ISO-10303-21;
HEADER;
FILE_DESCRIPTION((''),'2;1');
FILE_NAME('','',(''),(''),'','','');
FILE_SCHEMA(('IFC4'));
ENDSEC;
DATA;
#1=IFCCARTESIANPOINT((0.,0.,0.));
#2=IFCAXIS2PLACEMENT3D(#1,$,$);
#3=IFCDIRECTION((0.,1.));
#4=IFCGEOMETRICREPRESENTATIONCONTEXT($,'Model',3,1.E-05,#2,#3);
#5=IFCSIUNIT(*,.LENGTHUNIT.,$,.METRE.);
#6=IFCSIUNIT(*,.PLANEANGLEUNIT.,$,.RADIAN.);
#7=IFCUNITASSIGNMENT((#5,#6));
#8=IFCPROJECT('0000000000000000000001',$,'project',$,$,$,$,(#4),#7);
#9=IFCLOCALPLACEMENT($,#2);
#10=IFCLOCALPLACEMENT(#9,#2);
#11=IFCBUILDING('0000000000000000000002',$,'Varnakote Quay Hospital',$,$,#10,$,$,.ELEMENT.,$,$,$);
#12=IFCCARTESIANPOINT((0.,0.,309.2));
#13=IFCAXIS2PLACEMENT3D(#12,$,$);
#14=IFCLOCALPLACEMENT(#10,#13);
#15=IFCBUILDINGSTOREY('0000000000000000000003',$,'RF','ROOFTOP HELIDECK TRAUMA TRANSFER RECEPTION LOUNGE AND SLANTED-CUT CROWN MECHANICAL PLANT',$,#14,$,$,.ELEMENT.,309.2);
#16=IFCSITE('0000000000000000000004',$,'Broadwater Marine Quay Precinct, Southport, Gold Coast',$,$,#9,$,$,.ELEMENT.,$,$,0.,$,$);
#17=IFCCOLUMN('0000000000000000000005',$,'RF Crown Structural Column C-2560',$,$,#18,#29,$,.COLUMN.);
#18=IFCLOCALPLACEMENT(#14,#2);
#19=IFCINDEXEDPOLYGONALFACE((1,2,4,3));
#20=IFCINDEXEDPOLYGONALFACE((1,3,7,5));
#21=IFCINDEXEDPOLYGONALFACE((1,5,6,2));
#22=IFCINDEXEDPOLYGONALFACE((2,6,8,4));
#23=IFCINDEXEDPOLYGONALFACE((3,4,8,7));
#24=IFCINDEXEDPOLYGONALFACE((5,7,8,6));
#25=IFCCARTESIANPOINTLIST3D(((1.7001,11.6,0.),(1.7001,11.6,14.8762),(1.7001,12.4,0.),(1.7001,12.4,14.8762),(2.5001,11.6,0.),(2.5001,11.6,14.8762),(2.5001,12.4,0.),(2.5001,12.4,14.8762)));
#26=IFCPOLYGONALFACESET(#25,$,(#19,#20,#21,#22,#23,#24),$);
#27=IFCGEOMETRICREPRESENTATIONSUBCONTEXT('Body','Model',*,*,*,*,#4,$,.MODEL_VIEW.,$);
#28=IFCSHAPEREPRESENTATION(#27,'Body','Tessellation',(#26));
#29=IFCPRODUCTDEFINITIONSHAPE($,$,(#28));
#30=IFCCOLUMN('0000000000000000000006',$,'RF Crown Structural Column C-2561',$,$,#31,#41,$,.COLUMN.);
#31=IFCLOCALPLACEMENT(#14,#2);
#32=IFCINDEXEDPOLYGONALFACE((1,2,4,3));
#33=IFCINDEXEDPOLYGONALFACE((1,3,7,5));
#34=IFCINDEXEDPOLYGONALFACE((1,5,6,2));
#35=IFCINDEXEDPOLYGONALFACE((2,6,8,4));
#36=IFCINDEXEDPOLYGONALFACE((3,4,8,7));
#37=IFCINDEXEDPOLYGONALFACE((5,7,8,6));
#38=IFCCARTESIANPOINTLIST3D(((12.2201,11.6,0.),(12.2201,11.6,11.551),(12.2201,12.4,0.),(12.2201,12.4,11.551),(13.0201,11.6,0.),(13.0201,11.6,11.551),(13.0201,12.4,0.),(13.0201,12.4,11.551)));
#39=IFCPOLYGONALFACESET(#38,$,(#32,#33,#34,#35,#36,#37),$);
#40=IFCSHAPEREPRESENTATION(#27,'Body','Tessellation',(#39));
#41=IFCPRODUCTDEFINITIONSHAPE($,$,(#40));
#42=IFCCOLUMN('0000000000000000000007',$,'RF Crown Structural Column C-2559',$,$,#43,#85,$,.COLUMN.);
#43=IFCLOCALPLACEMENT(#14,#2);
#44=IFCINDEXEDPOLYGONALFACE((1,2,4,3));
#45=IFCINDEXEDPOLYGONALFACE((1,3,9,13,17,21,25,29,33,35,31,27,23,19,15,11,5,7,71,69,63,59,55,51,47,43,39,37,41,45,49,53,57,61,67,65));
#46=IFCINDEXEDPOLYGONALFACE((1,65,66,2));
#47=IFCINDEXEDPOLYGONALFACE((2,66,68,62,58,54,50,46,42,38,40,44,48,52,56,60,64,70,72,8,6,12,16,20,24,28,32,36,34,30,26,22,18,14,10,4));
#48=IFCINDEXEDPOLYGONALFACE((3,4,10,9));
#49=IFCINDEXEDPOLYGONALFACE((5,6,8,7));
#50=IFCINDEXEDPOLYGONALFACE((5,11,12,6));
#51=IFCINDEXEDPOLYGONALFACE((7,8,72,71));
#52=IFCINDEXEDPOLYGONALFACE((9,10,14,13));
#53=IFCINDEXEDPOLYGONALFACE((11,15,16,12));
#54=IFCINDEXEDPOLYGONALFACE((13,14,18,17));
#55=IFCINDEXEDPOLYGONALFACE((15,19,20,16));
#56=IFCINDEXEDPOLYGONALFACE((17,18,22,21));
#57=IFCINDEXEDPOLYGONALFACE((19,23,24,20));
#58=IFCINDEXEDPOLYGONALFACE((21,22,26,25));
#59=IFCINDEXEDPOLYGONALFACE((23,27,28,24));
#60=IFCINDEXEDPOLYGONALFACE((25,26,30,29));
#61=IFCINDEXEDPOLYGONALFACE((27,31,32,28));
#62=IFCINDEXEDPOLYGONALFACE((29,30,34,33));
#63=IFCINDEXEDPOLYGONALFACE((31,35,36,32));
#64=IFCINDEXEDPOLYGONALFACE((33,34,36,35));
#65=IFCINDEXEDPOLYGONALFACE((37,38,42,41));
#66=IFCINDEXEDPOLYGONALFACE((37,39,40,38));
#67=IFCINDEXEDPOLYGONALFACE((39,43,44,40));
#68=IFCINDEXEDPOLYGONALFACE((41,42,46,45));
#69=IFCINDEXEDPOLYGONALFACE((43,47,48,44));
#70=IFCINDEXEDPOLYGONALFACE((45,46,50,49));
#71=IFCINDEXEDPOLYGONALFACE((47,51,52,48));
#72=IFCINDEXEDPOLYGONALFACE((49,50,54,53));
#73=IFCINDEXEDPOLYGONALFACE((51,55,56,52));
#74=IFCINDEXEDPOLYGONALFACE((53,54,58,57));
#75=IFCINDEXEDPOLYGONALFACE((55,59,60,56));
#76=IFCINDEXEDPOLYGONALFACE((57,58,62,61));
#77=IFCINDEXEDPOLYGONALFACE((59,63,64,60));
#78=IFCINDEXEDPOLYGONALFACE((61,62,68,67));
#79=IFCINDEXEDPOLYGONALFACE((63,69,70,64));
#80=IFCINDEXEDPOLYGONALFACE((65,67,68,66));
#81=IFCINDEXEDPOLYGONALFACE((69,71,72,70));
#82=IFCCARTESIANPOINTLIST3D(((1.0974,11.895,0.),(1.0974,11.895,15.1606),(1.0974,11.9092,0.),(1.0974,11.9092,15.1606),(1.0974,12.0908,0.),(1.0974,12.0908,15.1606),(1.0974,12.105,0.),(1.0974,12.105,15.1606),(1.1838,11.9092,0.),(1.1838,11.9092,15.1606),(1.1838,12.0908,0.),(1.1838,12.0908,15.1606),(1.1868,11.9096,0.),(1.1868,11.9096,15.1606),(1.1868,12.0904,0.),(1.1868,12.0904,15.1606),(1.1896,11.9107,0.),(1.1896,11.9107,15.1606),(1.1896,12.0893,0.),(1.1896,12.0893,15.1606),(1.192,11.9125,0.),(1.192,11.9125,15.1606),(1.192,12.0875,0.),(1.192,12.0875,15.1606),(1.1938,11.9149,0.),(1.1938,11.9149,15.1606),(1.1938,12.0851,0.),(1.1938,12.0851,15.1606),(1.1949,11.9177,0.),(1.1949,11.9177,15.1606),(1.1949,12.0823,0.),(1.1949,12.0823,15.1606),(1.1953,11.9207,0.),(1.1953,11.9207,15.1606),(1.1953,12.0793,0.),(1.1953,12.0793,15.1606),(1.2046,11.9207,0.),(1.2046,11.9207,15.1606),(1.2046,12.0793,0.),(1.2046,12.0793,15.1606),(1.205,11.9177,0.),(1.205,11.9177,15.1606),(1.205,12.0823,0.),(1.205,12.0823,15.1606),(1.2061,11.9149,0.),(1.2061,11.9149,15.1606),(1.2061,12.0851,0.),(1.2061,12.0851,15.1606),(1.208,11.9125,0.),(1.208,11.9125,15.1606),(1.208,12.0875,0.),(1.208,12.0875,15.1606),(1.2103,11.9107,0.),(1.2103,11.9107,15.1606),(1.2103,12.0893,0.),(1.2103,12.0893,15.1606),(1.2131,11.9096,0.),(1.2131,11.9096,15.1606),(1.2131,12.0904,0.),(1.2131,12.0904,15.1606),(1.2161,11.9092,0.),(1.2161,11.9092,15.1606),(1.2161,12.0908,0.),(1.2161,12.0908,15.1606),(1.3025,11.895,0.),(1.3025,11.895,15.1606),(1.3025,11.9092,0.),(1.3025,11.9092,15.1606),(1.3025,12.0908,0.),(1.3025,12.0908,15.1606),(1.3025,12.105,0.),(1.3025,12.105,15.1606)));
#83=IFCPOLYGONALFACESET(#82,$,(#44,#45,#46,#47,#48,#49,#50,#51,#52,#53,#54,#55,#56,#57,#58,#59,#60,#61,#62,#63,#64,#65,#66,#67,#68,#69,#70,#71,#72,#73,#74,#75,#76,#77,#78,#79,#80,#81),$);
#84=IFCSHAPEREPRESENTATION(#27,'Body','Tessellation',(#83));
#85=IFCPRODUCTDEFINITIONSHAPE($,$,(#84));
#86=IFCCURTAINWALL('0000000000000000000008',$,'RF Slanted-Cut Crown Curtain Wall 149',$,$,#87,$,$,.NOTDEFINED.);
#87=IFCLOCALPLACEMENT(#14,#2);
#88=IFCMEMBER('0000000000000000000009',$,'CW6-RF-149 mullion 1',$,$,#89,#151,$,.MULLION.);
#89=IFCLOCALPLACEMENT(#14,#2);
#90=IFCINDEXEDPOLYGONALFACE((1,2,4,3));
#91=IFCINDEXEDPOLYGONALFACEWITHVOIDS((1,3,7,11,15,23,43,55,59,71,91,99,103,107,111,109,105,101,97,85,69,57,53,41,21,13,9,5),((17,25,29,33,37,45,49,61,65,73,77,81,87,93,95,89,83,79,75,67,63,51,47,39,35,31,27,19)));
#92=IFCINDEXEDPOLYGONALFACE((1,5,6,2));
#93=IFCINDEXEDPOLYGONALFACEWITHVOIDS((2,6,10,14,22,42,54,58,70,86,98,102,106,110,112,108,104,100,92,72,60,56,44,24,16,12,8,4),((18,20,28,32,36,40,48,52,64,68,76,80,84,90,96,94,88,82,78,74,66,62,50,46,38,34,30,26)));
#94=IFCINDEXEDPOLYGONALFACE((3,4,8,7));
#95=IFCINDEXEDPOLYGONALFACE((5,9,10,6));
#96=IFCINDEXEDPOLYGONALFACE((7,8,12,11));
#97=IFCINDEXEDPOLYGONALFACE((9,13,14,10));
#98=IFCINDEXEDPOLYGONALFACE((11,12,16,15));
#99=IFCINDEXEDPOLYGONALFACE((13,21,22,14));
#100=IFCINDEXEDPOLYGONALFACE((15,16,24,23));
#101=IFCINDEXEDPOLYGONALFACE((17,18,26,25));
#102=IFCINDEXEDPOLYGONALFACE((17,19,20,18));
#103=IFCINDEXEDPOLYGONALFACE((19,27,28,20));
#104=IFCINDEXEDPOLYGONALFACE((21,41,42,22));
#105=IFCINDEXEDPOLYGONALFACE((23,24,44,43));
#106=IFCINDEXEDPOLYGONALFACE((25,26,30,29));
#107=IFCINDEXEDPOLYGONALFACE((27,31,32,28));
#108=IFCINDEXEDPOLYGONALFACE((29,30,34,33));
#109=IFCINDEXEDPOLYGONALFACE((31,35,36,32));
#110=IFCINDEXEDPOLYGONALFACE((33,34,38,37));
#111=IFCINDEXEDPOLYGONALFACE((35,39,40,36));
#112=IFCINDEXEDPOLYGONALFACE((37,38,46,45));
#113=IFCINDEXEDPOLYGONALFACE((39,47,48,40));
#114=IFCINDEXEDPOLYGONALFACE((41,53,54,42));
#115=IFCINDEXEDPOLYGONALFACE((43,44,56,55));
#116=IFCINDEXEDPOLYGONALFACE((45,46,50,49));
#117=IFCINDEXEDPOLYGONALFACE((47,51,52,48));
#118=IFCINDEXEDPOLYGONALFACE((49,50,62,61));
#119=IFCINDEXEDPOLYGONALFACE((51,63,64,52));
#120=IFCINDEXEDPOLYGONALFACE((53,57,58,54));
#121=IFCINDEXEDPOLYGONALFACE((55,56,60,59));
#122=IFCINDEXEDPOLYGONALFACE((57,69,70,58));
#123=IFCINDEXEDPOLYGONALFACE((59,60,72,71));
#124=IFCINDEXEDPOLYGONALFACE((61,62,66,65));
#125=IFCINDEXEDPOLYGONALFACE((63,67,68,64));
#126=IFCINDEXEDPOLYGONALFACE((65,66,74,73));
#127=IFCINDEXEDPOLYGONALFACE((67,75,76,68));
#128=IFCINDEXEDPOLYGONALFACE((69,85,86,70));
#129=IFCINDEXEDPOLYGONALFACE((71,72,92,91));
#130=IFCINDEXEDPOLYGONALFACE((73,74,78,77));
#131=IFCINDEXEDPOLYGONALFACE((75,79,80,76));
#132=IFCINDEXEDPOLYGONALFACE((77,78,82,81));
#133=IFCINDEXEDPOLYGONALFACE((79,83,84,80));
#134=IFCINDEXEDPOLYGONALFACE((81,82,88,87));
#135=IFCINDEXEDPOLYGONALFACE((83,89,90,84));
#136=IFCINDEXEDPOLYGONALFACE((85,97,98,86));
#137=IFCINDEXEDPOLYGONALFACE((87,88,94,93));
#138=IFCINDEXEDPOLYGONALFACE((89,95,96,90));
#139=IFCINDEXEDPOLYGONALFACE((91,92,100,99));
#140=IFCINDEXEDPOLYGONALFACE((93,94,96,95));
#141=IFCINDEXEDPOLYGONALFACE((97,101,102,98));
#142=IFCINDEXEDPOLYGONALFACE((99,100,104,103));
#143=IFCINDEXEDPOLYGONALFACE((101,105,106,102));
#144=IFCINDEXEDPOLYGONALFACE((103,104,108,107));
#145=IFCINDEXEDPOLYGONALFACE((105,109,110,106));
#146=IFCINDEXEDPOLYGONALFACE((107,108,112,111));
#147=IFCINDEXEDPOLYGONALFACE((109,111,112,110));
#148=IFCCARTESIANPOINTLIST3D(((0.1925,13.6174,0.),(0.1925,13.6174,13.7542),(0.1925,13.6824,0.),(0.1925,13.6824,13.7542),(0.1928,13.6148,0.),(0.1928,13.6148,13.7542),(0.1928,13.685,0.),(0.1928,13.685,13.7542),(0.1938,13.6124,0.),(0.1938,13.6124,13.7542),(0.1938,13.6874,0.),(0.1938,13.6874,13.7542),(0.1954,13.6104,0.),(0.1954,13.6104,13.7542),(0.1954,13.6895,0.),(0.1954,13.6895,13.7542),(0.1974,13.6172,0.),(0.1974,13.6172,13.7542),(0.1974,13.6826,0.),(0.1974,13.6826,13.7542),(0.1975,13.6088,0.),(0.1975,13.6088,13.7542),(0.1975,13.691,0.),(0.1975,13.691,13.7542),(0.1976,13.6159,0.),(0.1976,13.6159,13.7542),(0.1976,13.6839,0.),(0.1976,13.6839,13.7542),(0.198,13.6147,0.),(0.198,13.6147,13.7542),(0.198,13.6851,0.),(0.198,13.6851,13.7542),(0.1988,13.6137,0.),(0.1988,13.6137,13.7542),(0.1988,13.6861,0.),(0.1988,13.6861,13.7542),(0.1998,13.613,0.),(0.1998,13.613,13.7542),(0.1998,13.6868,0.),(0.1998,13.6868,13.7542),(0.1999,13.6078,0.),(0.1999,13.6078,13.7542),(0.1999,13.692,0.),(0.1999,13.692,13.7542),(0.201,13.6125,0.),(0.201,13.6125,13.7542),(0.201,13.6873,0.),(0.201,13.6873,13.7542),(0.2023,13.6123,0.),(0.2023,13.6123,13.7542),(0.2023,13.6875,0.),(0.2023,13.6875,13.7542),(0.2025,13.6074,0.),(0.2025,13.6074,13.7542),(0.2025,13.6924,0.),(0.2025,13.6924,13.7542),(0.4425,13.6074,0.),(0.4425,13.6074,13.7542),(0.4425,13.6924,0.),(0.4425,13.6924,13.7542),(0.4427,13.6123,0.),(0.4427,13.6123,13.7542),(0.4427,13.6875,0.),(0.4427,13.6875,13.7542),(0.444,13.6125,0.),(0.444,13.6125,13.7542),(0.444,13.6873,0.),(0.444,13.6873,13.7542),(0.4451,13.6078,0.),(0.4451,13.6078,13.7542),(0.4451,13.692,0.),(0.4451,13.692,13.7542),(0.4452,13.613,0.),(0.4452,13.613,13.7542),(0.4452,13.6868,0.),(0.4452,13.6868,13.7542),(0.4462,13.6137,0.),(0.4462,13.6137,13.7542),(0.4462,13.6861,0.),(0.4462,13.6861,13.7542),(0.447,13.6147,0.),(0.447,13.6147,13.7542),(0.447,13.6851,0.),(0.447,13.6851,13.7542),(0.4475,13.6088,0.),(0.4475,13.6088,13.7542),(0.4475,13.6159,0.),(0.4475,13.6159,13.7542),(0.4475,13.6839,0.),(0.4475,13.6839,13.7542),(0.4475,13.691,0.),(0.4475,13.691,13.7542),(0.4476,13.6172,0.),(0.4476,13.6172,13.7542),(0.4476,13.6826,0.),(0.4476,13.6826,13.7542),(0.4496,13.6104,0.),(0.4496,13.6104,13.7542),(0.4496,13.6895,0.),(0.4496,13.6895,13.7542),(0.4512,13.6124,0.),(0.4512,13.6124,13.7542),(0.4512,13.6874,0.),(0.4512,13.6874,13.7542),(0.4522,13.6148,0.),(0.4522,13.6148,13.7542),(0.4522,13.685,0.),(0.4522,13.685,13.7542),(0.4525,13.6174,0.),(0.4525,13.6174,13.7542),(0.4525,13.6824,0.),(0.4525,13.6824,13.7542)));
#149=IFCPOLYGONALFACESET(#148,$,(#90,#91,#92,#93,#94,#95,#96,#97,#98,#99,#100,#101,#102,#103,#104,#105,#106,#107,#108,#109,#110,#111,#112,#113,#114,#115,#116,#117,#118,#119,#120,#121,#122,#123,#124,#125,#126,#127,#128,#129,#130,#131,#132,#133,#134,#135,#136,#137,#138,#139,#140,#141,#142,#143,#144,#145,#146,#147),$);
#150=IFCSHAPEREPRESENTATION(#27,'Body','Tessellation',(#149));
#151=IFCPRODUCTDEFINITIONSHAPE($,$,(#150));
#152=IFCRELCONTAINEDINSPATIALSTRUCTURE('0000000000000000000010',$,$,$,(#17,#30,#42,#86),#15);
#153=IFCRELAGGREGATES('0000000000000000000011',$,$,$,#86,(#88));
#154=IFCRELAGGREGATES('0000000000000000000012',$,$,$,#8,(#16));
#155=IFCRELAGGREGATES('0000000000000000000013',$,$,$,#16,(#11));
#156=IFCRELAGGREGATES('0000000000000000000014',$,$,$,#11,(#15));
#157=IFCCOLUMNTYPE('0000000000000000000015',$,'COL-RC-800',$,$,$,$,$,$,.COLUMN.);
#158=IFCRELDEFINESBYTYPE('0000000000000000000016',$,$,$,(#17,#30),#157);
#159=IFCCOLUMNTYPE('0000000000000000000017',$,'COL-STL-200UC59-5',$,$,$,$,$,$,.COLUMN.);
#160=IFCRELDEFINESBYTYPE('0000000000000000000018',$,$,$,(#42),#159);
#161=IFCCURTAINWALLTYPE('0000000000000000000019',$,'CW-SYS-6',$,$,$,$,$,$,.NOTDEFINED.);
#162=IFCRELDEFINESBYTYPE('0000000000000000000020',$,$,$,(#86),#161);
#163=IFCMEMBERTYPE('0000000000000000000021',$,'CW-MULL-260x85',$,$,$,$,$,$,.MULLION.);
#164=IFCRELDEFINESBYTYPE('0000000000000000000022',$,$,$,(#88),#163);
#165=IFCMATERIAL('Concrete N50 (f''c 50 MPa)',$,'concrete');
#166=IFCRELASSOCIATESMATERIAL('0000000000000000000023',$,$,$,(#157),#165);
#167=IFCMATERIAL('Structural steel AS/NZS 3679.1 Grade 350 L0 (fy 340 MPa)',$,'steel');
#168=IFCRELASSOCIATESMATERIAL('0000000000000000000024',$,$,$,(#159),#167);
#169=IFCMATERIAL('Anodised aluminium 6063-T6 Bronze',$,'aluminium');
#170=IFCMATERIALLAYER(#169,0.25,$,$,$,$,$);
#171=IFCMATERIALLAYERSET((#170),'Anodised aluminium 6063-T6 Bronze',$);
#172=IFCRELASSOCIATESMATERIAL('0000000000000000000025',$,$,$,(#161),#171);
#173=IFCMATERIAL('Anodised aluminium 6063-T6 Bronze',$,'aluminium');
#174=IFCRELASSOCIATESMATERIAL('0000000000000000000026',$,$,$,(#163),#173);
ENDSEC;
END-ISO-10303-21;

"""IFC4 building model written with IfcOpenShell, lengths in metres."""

from ifc_helpers import new_model, si_unit, direction, frame, origin, origin_2d, place, context, subcontext, project, spatial, rectangle, hollow_rectangle, i_section, extrude, material, layer, layer_set, material_profile, profile_set, type_object, element, aggregate, save


model = new_model("IFC4")

# Units and contexts
model_context = context("Model", 3, precision=1e-05, world=origin(), true_north=direction((0.0, 1.0)))
body_context = subcontext(model_context, "Body", "Model", "MODEL_VIEW")
ifc_project = project(units=[si_unit("LENGTHUNIT", "METRE"), si_unit("PLANEANGLEUNIT", "RADIAN")], contexts=[model_context])

# Site, building, storey
site_placement = place(None, origin())
site = spatial("IfcSite", under=ifc_project, at=site_placement, Name="Broadwater Marine Quay Precinct, Southport, Gold Coast", CompositionType="ELEMENT", RefElevation=0.0)
building_placement = place(site_placement, origin())
building = spatial("IfcBuilding", under=site, at=building_placement, Name="Varnakote Quay Hospital", CompositionType="ELEMENT")
storey_placement = place(building_placement, frame((0.0, 0.0, 309.2)))
storey = spatial("IfcBuildingStorey", under=building, at=storey_placement, Name="RF", Description="ROOFTOP HELIDECK TRAUMA TRANSFER RECEPTION LOUNGE AND SLANTED-CUT CROWN MECHANICAL PLANT", CompositionType="ELEMENT", Elevation=309.2)

# Columns
ifc_material_1 = material(Name="Concrete N50 (f'c 50 MPa)", Category="concrete")
ifc_material_profile_1 = material_profile(ifc_material_1, rectangle(XDim=0.8, YDim=0.8, at=origin_2d()), Name="RC-COL-800x800")
ifc_profile_set_1 = profile_set([ifc_material_profile_1], Name="Concrete N50 (f'c 50 MPa)")
column_type_1 = type_object("IfcColumnType", Name="COL-RC-800", PredefinedType="COLUMN", material=ifc_profile_set_1)
column_1_placement = place(storey_placement, frame((2.1001, 12.0, 0.0), z_axis=(0.0, 0.0, 1.0), x_axis=(1.0, 0.0, 0.0)))
element("IfcColumn", 1, at=column_1_placement, inside=storey, type_object=column_type_1, Name="RF Crown Structural Column C-2560", PredefinedType="COLUMN", context=body_context, shape_type="SweptSolid", body=[
    extrude(rectangle(XDim=0.8, YDim=0.8, at=origin_2d()), origin(), (0.0, 0.0, 1.0), 14.8762),
])
column_2_placement = place(storey_placement, frame((12.6201, 12.0, 0.0), z_axis=(0.0, 0.0, 1.0), x_axis=(1.0, 0.0, 0.0)))
element("IfcColumn", 2, at=column_2_placement, inside=storey, type_object=column_type_1, Name="RF Crown Structural Column C-2561", PredefinedType="COLUMN", context=body_context, shape_type="SweptSolid", body=[
    extrude(rectangle(XDim=0.8, YDim=0.8, at=origin_2d()), origin(), (0.0, 0.0, 1.0), 11.551),
])
ifc_material_2 = material(Name="Structural steel AS/NZS 3679.1 Grade 350 L0 (fy 340 MPa)", Category="steel")
ifc_material_profile_2 = material_profile(ifc_material_2, i_section(OverallWidth=0.2051, OverallDepth=0.21, WebThickness=0.0093, FlangeThickness=0.0142, FilletRadius=0.0115, at=origin_2d()), Name="200UC59.5")
ifc_profile_set_2 = profile_set([ifc_material_profile_2], Name="Structural steel AS/NZS 3679.1 Grade 350 L0 (fy 340 MPa)")
column_type_2 = type_object("IfcColumnType", Name="COL-STL-200UC59-5", PredefinedType="COLUMN", material=ifc_profile_set_2)
column_3_placement = place(storey_placement, frame((1.2, 12.0, 0.0), z_axis=(0.0, 0.0, 1.0), x_axis=(1.0, 0.0, 0.0)))
element("IfcColumn", 3, at=column_3_placement, inside=storey, type_object=column_type_2, Name="RF Crown Structural Column C-2559", PredefinedType="COLUMN", context=body_context, shape_type="SweptSolid", body=[
    extrude(i_section(OverallWidth=0.2051, OverallDepth=0.21, WebThickness=0.0093, FlangeThickness=0.0142, FilletRadius=0.0115, at=origin_2d()), origin(), (0.0, 0.0, 1.0), 15.1606),
])

# Curtain wall, member
ifc_material_3 = material(Name="Anodised aluminium 6063-T6 Bronze", Category="aluminium")
ifc_layer_1 = layer(ifc_material_3, 0.25)
ifc_layer_set_1 = layer_set([ifc_layer_1], Name="Anodised aluminium 6063-T6 Bronze")
curtain_wall_type = type_object("IfcCurtainWallType", Name="CW-SYS-6", PredefinedType="NOTDEFINED", material=ifc_layer_set_1)
curtain_wall_placement = place(storey_placement, origin())
curtain_wall = element("IfcCurtainWall", 4, at=curtain_wall_placement, inside=storey, type_object=curtain_wall_type, Name="RF Slanted-Cut Crown Curtain Wall 149", PredefinedType="NOTDEFINED")
ifc_material_4 = material(Name="Anodised aluminium 6063-T6 Bronze", Category="aluminium")
ifc_material_profile_3 = material_profile(ifc_material_4, hollow_rectangle(XDim=0.085, YDim=0.26, WallThickness=0.0049, InnerFilletRadius=0.0049, OuterFilletRadius=0.01, at=origin_2d()), Name="CW-MULL-260x85")
ifc_profile_set_3 = profile_set([ifc_material_profile_3], Name="Anodised aluminium 6063-T6 Bronze")
member_type_1 = type_object("IfcMemberType", Name="CW-MULL-260x85", PredefinedType="MULLION", material=ifc_profile_set_3)
member_1_placement = place(storey_placement, frame((0.3225, 13.6499, 0.0), z_axis=(0.0, 0.0, 1.0), x_axis=(0.0, 1.0, 0.0)))
member_1 = element("IfcMember", 5, at=member_1_placement, type_object=member_type_1, Name="CW6-RF-149 mullion 1", PredefinedType="MULLION", context=body_context, shape_type="SweptSolid", body=[
    extrude(hollow_rectangle(XDim=0.085, YDim=0.26, WallThickness=0.0049, InnerFilletRadius=0.0049, OuterFilletRadius=0.01, at=origin_2d()), origin(), (0.0, 0.0, 1.0), 13.7542),
])
aggregate(curtain_wall, [member_1])

save(model, "model.ifc")
